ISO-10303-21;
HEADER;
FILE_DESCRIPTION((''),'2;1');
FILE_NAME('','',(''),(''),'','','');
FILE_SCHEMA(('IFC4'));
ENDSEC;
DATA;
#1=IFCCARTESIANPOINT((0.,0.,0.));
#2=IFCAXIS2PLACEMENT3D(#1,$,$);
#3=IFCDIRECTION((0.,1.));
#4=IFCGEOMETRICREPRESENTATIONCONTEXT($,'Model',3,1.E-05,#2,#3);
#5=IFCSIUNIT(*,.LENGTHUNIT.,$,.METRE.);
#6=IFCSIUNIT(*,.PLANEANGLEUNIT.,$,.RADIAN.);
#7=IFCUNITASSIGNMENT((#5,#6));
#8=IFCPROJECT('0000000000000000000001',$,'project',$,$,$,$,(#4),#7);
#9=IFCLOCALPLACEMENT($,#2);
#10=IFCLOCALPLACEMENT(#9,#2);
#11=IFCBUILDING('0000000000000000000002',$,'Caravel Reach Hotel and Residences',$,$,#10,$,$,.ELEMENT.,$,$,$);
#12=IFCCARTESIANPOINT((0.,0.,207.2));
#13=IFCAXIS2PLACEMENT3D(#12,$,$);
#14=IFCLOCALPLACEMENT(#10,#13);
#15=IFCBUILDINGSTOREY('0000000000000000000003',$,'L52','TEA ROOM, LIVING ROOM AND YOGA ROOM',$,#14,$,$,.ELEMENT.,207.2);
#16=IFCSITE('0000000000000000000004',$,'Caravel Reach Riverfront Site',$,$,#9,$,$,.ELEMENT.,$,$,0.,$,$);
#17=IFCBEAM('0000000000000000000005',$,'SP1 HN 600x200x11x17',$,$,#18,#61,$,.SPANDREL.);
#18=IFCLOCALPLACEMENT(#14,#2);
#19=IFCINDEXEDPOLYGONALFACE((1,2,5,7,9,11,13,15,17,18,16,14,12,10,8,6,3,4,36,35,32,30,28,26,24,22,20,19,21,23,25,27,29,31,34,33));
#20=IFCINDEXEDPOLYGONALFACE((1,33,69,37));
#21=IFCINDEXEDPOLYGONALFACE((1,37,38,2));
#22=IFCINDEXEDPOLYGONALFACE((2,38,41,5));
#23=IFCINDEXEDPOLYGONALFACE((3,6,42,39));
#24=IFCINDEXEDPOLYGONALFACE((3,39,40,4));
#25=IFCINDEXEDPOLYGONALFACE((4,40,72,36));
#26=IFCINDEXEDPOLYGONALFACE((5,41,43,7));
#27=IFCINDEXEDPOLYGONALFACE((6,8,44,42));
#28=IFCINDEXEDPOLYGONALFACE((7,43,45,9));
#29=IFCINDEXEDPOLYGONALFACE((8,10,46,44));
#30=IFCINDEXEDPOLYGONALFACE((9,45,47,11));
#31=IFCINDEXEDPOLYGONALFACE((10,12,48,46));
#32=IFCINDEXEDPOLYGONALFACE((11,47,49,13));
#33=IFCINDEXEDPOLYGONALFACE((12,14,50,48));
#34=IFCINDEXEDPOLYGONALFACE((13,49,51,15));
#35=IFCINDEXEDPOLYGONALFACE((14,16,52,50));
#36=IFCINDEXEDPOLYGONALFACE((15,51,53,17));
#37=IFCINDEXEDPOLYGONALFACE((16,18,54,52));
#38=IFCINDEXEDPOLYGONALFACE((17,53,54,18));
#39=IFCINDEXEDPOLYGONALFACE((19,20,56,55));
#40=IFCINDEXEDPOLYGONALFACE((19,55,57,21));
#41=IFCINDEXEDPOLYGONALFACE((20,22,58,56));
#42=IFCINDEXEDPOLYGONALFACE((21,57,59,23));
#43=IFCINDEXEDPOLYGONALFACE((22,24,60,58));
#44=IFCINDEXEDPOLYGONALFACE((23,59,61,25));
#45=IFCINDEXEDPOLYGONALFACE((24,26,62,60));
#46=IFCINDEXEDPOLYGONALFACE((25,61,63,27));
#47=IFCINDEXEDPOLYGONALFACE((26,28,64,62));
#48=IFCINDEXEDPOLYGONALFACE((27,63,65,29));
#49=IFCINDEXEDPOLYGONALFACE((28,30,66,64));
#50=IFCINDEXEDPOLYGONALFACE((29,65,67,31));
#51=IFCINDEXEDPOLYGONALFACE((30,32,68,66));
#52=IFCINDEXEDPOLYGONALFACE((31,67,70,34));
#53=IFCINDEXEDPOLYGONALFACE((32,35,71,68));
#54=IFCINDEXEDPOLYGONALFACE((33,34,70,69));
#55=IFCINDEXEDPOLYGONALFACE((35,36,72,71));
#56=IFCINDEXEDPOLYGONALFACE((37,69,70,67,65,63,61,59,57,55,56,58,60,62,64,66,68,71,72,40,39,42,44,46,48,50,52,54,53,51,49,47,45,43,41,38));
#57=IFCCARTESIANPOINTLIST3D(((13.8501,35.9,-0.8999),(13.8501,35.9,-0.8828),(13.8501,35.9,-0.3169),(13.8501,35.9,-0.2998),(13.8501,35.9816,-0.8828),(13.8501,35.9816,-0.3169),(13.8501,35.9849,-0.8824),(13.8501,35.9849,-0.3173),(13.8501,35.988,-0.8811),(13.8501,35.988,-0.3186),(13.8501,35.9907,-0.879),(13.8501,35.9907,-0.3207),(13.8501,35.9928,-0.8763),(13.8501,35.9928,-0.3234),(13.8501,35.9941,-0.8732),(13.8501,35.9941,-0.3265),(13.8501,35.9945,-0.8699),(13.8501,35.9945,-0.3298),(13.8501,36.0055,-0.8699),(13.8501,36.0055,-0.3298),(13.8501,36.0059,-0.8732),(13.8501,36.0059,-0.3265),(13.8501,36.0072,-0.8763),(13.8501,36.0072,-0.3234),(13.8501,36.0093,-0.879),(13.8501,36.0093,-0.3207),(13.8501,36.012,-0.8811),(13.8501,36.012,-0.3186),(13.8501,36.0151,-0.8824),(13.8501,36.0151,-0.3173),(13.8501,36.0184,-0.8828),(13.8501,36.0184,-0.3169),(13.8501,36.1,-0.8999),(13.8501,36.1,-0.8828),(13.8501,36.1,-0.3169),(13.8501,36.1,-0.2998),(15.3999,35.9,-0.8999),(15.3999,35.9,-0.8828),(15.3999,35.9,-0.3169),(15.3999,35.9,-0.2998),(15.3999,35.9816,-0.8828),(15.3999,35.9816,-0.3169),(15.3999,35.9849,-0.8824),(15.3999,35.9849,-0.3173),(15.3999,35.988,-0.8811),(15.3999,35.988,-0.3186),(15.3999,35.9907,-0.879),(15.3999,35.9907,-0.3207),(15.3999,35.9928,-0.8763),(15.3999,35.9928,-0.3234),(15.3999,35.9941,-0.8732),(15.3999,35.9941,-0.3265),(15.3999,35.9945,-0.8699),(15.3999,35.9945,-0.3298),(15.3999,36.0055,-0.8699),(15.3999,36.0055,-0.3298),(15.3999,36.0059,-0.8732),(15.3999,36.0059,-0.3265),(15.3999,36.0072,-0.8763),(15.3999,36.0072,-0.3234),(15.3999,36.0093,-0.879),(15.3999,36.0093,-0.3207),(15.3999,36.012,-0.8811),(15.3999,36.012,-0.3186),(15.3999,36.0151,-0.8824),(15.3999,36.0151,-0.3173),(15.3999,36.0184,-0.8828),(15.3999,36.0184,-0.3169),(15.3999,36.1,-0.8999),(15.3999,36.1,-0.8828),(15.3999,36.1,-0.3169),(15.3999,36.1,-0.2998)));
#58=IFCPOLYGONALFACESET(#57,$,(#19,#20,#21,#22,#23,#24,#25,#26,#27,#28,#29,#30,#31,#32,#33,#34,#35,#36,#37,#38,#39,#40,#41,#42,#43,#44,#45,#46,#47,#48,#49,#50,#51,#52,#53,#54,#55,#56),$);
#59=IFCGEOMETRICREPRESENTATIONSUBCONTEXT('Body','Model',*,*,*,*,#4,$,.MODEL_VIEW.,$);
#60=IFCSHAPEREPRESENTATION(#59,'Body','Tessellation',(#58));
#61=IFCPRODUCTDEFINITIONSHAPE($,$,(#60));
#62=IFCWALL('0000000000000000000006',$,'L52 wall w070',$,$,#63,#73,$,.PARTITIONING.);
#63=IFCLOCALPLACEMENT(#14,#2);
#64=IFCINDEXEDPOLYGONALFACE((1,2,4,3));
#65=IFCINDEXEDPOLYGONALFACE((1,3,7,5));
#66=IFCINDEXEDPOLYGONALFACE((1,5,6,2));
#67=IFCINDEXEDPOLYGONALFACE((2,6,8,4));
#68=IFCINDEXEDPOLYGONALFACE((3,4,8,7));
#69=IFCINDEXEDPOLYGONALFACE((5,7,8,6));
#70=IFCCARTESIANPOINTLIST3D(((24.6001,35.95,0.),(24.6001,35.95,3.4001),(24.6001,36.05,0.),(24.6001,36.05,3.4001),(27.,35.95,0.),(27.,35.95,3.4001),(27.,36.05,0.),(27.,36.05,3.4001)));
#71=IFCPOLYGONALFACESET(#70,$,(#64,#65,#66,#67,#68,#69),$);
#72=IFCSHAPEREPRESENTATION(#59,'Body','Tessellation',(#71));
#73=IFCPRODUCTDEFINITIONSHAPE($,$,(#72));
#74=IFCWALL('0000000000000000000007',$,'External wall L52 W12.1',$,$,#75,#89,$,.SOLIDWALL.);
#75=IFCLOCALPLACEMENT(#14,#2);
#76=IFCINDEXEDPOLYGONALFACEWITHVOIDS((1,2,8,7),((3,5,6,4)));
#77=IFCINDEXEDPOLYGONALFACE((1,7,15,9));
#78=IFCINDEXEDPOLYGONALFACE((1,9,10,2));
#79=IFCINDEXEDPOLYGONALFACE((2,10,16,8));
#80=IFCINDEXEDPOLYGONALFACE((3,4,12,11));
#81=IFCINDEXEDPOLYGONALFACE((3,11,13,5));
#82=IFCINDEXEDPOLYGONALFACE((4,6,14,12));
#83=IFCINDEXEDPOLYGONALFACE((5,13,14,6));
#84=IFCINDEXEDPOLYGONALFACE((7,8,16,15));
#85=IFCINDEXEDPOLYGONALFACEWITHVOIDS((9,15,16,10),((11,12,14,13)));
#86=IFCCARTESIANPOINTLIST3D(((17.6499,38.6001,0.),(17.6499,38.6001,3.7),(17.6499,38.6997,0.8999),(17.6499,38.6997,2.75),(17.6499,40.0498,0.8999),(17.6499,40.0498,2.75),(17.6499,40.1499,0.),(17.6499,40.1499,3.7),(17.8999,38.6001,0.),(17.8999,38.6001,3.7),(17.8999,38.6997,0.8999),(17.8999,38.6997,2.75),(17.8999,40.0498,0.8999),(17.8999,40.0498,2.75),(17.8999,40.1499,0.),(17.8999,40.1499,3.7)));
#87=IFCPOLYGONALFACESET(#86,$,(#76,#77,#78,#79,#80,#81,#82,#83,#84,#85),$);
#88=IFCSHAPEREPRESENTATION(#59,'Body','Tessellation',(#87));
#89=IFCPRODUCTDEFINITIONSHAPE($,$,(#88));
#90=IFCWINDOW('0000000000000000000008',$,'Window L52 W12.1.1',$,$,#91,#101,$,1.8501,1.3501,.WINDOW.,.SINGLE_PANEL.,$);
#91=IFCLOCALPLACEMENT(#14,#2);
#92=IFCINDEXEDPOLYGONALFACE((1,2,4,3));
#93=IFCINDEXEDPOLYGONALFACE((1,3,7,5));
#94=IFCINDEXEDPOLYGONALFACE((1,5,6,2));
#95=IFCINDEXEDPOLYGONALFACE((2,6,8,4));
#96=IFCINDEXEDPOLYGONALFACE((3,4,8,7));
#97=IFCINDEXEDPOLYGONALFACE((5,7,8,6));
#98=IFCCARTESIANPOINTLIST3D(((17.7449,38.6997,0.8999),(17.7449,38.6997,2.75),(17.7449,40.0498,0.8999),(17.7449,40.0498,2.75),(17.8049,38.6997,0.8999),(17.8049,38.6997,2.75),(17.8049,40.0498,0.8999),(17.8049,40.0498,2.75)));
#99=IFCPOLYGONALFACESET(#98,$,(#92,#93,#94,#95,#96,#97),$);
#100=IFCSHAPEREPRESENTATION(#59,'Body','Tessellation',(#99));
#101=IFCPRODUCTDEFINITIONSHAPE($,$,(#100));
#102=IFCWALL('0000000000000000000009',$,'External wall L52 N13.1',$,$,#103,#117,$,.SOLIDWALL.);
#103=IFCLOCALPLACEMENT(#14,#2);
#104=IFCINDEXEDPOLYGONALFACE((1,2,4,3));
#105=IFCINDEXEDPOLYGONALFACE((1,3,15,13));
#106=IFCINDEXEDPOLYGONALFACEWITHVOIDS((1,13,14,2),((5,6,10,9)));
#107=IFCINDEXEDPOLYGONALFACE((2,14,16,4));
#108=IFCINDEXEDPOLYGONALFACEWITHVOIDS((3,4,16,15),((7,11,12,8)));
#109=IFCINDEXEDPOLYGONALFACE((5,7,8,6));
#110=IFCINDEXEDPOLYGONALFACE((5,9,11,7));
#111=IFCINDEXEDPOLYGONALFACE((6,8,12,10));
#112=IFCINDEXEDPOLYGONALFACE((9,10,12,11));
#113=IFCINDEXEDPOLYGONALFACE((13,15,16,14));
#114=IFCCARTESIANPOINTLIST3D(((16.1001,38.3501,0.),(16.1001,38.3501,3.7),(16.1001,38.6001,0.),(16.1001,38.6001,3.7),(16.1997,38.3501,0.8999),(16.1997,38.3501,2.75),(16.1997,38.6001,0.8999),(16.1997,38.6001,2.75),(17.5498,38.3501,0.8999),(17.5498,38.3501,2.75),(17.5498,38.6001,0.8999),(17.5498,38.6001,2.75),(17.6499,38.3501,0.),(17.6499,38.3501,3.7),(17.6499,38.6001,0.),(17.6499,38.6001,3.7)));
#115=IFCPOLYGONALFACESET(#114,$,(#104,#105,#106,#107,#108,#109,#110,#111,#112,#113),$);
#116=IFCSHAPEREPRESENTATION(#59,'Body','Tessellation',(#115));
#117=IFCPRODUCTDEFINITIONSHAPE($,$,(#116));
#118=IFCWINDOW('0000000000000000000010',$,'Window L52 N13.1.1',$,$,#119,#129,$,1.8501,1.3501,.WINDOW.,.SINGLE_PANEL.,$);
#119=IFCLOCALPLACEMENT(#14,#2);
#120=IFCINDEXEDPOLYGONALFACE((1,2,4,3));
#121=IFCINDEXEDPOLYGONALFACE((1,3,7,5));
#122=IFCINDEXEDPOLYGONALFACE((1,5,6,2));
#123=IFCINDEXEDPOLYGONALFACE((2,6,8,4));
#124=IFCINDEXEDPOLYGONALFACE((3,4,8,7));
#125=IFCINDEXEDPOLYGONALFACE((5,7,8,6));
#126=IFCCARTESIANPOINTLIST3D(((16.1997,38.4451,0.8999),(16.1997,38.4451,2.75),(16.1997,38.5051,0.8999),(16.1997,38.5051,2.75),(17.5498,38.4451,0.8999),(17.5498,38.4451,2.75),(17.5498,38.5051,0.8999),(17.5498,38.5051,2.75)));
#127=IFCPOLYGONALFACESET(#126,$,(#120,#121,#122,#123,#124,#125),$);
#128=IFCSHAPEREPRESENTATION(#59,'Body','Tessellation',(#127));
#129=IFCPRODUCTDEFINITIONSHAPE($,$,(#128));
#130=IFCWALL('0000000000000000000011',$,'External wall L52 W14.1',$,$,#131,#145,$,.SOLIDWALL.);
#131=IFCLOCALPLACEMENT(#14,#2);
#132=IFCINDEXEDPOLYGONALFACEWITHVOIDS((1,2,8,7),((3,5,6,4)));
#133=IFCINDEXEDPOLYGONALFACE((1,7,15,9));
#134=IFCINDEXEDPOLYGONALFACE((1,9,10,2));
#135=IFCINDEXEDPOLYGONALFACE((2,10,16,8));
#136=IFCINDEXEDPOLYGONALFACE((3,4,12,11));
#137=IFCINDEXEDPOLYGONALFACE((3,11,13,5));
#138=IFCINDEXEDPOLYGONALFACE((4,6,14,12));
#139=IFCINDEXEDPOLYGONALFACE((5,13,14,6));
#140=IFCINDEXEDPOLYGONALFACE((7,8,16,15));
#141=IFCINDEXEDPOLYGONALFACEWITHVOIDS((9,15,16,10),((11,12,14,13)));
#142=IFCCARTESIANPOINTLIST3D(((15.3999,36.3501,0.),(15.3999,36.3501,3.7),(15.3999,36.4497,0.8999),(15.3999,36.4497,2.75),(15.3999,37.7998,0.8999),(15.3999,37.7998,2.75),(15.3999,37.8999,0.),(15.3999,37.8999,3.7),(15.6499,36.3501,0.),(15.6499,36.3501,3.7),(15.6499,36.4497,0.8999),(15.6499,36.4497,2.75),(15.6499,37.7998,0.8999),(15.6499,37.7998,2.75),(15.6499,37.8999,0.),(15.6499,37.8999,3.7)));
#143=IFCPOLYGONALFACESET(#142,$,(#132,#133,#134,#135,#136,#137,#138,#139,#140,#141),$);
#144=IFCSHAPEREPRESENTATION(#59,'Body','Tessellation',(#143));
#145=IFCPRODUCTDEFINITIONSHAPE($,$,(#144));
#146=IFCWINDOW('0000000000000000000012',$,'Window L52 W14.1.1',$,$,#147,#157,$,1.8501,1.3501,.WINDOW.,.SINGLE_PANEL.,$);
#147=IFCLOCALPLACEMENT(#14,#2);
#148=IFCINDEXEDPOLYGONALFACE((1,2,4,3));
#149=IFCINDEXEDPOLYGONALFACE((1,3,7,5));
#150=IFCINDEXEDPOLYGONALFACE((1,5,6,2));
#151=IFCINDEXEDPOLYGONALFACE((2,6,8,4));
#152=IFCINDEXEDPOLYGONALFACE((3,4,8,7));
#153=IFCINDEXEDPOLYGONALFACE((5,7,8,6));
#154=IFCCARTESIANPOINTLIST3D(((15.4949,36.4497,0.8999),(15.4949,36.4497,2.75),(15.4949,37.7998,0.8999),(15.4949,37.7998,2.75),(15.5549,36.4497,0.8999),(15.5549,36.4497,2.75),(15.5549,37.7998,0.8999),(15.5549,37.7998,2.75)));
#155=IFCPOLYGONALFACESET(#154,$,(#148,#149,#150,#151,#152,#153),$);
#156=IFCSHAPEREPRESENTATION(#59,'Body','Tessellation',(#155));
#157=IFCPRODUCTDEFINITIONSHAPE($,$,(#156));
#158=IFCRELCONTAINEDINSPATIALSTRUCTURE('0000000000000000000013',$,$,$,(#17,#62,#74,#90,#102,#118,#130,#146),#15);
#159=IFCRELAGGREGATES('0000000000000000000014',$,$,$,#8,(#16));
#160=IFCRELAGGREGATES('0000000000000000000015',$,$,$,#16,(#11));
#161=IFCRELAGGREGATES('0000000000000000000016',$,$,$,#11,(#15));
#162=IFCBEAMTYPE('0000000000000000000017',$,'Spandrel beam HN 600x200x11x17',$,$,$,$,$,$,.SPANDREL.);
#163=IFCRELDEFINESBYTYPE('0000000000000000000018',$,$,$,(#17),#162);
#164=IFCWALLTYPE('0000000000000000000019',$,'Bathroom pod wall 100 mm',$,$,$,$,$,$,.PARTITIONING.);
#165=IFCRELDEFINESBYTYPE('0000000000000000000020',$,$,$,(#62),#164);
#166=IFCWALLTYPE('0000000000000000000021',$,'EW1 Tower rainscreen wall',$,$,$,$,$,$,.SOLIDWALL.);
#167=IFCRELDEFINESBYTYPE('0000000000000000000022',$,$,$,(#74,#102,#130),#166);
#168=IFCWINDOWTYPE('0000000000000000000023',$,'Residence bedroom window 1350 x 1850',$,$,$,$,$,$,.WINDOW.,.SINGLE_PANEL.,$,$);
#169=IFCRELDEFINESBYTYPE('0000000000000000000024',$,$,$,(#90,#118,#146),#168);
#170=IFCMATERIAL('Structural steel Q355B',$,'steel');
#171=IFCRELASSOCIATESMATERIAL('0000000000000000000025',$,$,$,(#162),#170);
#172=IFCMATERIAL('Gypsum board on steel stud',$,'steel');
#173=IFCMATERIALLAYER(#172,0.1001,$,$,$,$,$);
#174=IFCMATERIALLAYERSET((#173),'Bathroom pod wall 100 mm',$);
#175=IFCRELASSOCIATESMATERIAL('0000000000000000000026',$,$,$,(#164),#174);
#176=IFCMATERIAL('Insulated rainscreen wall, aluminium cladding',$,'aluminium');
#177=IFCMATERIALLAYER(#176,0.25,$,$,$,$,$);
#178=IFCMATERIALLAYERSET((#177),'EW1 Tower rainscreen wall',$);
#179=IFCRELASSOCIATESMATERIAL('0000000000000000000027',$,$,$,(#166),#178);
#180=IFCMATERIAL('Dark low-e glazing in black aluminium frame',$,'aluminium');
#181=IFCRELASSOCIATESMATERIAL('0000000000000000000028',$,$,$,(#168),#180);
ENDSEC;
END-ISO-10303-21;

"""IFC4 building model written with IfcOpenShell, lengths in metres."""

from ifc_helpers import new_model, si_unit, direction, frame, frame_2d, origin, origin_2d, place, context, subcontext, project, spatial, rectangle, i_section, extrude, material, layer, layer_set, material_profile, profile_set, type_object, element, fill, save


model = new_model("IFC4")

# Units and contexts
model_context = context("Model", 3, precision=1e-05, world=origin(), true_north=direction((0.0, 1.0)))
body_context = subcontext(model_context, "Body", "Model", "MODEL_VIEW")
ifc_project = project(units=[si_unit("LENGTHUNIT", "METRE"), si_unit("PLANEANGLEUNIT", "RADIAN")], contexts=[model_context])

# Site, building, storey
site_placement = place(None, origin())
site = spatial("IfcSite", under=ifc_project, at=site_placement, Name="Caravel Reach Riverfront Site", CompositionType="ELEMENT", RefElevation=0.0)
building_placement = place(site_placement, origin())
building = spatial("IfcBuilding", under=site, at=building_placement, Name="Caravel Reach Hotel and Residences", CompositionType="ELEMENT")
storey_placement = place(building_placement, frame((0.0, 0.0, 207.2)))
storey = spatial("IfcBuildingStorey", under=building, at=storey_placement, Name="L52", Description="TEA ROOM, LIVING ROOM AND YOGA ROOM", CompositionType="ELEMENT", Elevation=207.2)

# Beam
ifc_material_1 = material(Name="Structural steel Q355B", Category="steel")
ifc_material_profile_1 = material_profile(ifc_material_1, i_section(OverallWidth=0.2, OverallDepth=0.6001, WebThickness=0.011, FlangeThickness=0.0171, FilletRadius=0.0129, at=origin_2d()), Name="HN 600x200x11x17")
ifc_profile_set_1 = profile_set([ifc_material_profile_1], Name="Structural steel Q355B")
beam_type = type_object("IfcBeamType", Name="Spandrel beam HN 600x200x11x17", PredefinedType="SPANDREL", material=ifc_profile_set_1)
for number, where, z_axis, x_axis, name in (
    (1, (15.3999, 36.0, -0.5999), (-1.0, 0.0, 0.0), (0.0, -1.0, 0.0), "SP1 HN 600x200x11x17"),
):
    element("IfcBeam", number, at=place(storey_placement, frame(where, z_axis=z_axis, x_axis=x_axis)), inside=storey, type_object=beam_type, Name=name, PredefinedType="SPANDREL", context=body_context, shape_type="SweptSolid", body=[
        extrude(i_section(OverallWidth=0.2, OverallDepth=0.6001, WebThickness=0.011, FlangeThickness=0.0171, FilletRadius=0.0129, at=origin_2d()), origin(), (0.0, 0.0, 1.0), 1.5498),
    ])

# Wall
ifc_material_2 = material(Name="Gypsum board on steel stud", Category="steel")
ifc_layer_1 = layer(ifc_material_2, 0.1001)
ifc_layer_set_1 = layer_set([ifc_layer_1], Name="Bathroom pod wall 100 mm")
wall_type_1 = type_object("IfcWallType", Name="Bathroom pod wall 100 mm", PredefinedType="PARTITIONING", material=ifc_layer_set_1)
wall_1_placement = place(storey_placement, frame((24.6001, 36.0, 0.0), z_axis=(0.0, 0.0, 1.0), x_axis=(1.0, 0.0, 0.0)))
element("IfcWall", 2, at=wall_1_placement, inside=storey, type_object=wall_type_1, Name="L52 wall w070", PredefinedType="PARTITIONING", context=body_context, shape_type="SweptSolid", body=[
    extrude(rectangle(XDim=2.3999, YDim=0.1001, at=frame_2d((1.2, 0.0))), origin(), (0.0, 0.0, 1.0), 3.4001),
])

# Walls, openings, windows
ifc_material_3 = material(Name="Insulated rainscreen wall, aluminium cladding", Category="aluminium")
ifc_layer_2 = layer(ifc_material_3, 0.25)
ifc_layer_set_2 = layer_set([ifc_layer_2], Name="EW1 Tower rainscreen wall")
wall_type_2 = type_object("IfcWallType", Name="EW1 Tower rainscreen wall", PredefinedType="SOLIDWALL", material=ifc_layer_set_2)
wall_2_placement = place(storey_placement, frame((17.7749, 40.1499, 0.0), z_axis=(0.0, 0.0, 1.0), x_axis=(0.0, -1.0, 0.0)))
wall_2 = element("IfcWall", 3, at=wall_2_placement, inside=storey, type_object=wall_type_2, Name="External wall L52 W12.1", PredefinedType="SOLIDWALL", context=body_context, shape_type="SweptSolid", body=[
    extrude(rectangle(XDim=1.5498, YDim=0.25, at=frame_2d((0.7749, 0.0))), origin(), (0.0, 0.0, 1.0), 3.7),
])
opening_1_placement = place(wall_2_placement, frame((0.1001, 0.0, 0.8999)))
opening_1 = element("IfcOpeningElement", 4, at=opening_1_placement, cuts=wall_2, PredefinedType="OPENING", context=body_context, shape_type="SweptSolid", body=[
    extrude(rectangle(XDim=1.3501, YDim=1.8501, at=frame_2d((0.675, 0.925))), frame((0.0, 0.135, 0.0), z_axis=(0.0, -1.0, 0.0), x_axis=(1.0, 0.0, 0.0)), (0.0, 0.0, 1.0), 0.27),
])
ifc_material_4 = material(Name="Dark low-e glazing in black aluminium frame", Category="aluminium")
window_type = type_object("IfcWindowType", Name="Residence bedroom window 1350 x 1850", PartitioningType="SINGLE_PANEL", PredefinedType="WINDOW", material=ifc_material_4)
window_1_placement = place(opening_1_placement, origin())
window_1 = element("IfcWindow", 5, at=window_1_placement, inside=storey, type_object=window_type, Name="Window L52 W12.1.1", OverallHeight=1.8501, OverallWidth=1.3501, PartitioningType="SINGLE_PANEL", PredefinedType="WINDOW", context=body_context, shape_type="SweptSolid", body=[
    extrude(rectangle(XDim=1.3501, YDim=1.8501, at=frame_2d((0.675, 0.925))), frame((0.0, 0.03, 0.0), z_axis=(0.0, -1.0, 0.0), x_axis=(1.0, 0.0, 0.0)), (0.0, 0.0, 1.0), 0.0601),
])
fill(opening_1, window_1)
wall_3_placement = place(storey_placement, frame((17.6499, 38.4751, 0.0), z_axis=(0.0, 0.0, 1.0), x_axis=(-1.0, 0.0, 0.0)))
wall_3 = element("IfcWall", 6, at=wall_3_placement, inside=storey, type_object=wall_type_2, Name="External wall L52 N13.1", PredefinedType="SOLIDWALL", context=body_context, shape_type="SweptSolid", body=[
    extrude(rectangle(XDim=1.5498, YDim=0.25, at=frame_2d((0.7749, 0.0))), origin(), (0.0, 0.0, 1.0), 3.7),
])
opening_2_placement = place(wall_3_placement, frame((0.1001, 0.0, 0.8999)))
opening_2 = element("IfcOpeningElement", 7, at=opening_2_placement, cuts=wall_3, PredefinedType="OPENING", context=body_context, shape_type="SweptSolid", body=[
    extrude(rectangle(XDim=1.3501, YDim=1.8501, at=frame_2d((0.675, 0.925))), frame((0.0, 0.135, 0.0), z_axis=(0.0, -1.0, 0.0), x_axis=(1.0, 0.0, 0.0)), (0.0, 0.0, 1.0), 0.27),
])
window_2_placement = place(opening_2_placement, origin())
window_2 = element("IfcWindow", 8, at=window_2_placement, inside=storey, type_object=window_type, Name="Window L52 N13.1.1", OverallHeight=1.8501, OverallWidth=1.3501, PartitioningType="SINGLE_PANEL", PredefinedType="WINDOW", context=body_context, shape_type="SweptSolid", body=[
    extrude(rectangle(XDim=1.3501, YDim=1.8501, at=frame_2d((0.675, 0.925))), frame((0.0, 0.03, 0.0), z_axis=(0.0, -1.0, 0.0), x_axis=(1.0, 0.0, 0.0)), (0.0, 0.0, 1.0), 0.0601),
])
fill(opening_2, window_2)
wall_4_placement = place(storey_placement, frame((15.5249, 37.8999, 0.0), z_axis=(0.0, 0.0, 1.0), x_axis=(0.0, -1.0, 0.0)))
wall_4 = element("IfcWall", 9, at=wall_4_placement, inside=storey, type_object=wall_type_2, Name="External wall L52 W14.1", PredefinedType="SOLIDWALL", context=body_context, shape_type="SweptSolid", body=[
    extrude(rectangle(XDim=1.5498, YDim=0.25, at=frame_2d((0.7749, 0.0))), origin(), (0.0, 0.0, 1.0), 3.7),
])
opening_3_placement = place(wall_4_placement, frame((0.1001, 0.0, 0.8999)))
opening_3 = element("IfcOpeningElement", 10, at=opening_3_placement, cuts=wall_4, PredefinedType="OPENING", context=body_context, shape_type="SweptSolid", body=[
    extrude(rectangle(XDim=1.3501, YDim=1.8501, at=frame_2d((0.675, 0.925))), frame((0.0, 0.135, 0.0), z_axis=(0.0, -1.0, 0.0), x_axis=(1.0, 0.0, 0.0)), (0.0, 0.0, 1.0), 0.27),
])
window_3_placement = place(opening_3_placement, origin())
window_3 = element("IfcWindow", 11, at=window_3_placement, inside=storey, type_object=window_type, Name="Window L52 W14.1.1", OverallHeight=1.8501, OverallWidth=1.3501, PartitioningType="SINGLE_PANEL", PredefinedType="WINDOW", context=body_context, shape_type="SweptSolid", body=[
    extrude(rectangle(XDim=1.3501, YDim=1.8501, at=frame_2d((0.675, 0.925))), frame((0.0, 0.03, 0.0), z_axis=(0.0, -1.0, 0.0), x_axis=(1.0, 0.0, 0.0)), (0.0, 0.0, 1.0), 0.0601),
])
fill(opening_3, window_3)

save(model, "model.ifc")
